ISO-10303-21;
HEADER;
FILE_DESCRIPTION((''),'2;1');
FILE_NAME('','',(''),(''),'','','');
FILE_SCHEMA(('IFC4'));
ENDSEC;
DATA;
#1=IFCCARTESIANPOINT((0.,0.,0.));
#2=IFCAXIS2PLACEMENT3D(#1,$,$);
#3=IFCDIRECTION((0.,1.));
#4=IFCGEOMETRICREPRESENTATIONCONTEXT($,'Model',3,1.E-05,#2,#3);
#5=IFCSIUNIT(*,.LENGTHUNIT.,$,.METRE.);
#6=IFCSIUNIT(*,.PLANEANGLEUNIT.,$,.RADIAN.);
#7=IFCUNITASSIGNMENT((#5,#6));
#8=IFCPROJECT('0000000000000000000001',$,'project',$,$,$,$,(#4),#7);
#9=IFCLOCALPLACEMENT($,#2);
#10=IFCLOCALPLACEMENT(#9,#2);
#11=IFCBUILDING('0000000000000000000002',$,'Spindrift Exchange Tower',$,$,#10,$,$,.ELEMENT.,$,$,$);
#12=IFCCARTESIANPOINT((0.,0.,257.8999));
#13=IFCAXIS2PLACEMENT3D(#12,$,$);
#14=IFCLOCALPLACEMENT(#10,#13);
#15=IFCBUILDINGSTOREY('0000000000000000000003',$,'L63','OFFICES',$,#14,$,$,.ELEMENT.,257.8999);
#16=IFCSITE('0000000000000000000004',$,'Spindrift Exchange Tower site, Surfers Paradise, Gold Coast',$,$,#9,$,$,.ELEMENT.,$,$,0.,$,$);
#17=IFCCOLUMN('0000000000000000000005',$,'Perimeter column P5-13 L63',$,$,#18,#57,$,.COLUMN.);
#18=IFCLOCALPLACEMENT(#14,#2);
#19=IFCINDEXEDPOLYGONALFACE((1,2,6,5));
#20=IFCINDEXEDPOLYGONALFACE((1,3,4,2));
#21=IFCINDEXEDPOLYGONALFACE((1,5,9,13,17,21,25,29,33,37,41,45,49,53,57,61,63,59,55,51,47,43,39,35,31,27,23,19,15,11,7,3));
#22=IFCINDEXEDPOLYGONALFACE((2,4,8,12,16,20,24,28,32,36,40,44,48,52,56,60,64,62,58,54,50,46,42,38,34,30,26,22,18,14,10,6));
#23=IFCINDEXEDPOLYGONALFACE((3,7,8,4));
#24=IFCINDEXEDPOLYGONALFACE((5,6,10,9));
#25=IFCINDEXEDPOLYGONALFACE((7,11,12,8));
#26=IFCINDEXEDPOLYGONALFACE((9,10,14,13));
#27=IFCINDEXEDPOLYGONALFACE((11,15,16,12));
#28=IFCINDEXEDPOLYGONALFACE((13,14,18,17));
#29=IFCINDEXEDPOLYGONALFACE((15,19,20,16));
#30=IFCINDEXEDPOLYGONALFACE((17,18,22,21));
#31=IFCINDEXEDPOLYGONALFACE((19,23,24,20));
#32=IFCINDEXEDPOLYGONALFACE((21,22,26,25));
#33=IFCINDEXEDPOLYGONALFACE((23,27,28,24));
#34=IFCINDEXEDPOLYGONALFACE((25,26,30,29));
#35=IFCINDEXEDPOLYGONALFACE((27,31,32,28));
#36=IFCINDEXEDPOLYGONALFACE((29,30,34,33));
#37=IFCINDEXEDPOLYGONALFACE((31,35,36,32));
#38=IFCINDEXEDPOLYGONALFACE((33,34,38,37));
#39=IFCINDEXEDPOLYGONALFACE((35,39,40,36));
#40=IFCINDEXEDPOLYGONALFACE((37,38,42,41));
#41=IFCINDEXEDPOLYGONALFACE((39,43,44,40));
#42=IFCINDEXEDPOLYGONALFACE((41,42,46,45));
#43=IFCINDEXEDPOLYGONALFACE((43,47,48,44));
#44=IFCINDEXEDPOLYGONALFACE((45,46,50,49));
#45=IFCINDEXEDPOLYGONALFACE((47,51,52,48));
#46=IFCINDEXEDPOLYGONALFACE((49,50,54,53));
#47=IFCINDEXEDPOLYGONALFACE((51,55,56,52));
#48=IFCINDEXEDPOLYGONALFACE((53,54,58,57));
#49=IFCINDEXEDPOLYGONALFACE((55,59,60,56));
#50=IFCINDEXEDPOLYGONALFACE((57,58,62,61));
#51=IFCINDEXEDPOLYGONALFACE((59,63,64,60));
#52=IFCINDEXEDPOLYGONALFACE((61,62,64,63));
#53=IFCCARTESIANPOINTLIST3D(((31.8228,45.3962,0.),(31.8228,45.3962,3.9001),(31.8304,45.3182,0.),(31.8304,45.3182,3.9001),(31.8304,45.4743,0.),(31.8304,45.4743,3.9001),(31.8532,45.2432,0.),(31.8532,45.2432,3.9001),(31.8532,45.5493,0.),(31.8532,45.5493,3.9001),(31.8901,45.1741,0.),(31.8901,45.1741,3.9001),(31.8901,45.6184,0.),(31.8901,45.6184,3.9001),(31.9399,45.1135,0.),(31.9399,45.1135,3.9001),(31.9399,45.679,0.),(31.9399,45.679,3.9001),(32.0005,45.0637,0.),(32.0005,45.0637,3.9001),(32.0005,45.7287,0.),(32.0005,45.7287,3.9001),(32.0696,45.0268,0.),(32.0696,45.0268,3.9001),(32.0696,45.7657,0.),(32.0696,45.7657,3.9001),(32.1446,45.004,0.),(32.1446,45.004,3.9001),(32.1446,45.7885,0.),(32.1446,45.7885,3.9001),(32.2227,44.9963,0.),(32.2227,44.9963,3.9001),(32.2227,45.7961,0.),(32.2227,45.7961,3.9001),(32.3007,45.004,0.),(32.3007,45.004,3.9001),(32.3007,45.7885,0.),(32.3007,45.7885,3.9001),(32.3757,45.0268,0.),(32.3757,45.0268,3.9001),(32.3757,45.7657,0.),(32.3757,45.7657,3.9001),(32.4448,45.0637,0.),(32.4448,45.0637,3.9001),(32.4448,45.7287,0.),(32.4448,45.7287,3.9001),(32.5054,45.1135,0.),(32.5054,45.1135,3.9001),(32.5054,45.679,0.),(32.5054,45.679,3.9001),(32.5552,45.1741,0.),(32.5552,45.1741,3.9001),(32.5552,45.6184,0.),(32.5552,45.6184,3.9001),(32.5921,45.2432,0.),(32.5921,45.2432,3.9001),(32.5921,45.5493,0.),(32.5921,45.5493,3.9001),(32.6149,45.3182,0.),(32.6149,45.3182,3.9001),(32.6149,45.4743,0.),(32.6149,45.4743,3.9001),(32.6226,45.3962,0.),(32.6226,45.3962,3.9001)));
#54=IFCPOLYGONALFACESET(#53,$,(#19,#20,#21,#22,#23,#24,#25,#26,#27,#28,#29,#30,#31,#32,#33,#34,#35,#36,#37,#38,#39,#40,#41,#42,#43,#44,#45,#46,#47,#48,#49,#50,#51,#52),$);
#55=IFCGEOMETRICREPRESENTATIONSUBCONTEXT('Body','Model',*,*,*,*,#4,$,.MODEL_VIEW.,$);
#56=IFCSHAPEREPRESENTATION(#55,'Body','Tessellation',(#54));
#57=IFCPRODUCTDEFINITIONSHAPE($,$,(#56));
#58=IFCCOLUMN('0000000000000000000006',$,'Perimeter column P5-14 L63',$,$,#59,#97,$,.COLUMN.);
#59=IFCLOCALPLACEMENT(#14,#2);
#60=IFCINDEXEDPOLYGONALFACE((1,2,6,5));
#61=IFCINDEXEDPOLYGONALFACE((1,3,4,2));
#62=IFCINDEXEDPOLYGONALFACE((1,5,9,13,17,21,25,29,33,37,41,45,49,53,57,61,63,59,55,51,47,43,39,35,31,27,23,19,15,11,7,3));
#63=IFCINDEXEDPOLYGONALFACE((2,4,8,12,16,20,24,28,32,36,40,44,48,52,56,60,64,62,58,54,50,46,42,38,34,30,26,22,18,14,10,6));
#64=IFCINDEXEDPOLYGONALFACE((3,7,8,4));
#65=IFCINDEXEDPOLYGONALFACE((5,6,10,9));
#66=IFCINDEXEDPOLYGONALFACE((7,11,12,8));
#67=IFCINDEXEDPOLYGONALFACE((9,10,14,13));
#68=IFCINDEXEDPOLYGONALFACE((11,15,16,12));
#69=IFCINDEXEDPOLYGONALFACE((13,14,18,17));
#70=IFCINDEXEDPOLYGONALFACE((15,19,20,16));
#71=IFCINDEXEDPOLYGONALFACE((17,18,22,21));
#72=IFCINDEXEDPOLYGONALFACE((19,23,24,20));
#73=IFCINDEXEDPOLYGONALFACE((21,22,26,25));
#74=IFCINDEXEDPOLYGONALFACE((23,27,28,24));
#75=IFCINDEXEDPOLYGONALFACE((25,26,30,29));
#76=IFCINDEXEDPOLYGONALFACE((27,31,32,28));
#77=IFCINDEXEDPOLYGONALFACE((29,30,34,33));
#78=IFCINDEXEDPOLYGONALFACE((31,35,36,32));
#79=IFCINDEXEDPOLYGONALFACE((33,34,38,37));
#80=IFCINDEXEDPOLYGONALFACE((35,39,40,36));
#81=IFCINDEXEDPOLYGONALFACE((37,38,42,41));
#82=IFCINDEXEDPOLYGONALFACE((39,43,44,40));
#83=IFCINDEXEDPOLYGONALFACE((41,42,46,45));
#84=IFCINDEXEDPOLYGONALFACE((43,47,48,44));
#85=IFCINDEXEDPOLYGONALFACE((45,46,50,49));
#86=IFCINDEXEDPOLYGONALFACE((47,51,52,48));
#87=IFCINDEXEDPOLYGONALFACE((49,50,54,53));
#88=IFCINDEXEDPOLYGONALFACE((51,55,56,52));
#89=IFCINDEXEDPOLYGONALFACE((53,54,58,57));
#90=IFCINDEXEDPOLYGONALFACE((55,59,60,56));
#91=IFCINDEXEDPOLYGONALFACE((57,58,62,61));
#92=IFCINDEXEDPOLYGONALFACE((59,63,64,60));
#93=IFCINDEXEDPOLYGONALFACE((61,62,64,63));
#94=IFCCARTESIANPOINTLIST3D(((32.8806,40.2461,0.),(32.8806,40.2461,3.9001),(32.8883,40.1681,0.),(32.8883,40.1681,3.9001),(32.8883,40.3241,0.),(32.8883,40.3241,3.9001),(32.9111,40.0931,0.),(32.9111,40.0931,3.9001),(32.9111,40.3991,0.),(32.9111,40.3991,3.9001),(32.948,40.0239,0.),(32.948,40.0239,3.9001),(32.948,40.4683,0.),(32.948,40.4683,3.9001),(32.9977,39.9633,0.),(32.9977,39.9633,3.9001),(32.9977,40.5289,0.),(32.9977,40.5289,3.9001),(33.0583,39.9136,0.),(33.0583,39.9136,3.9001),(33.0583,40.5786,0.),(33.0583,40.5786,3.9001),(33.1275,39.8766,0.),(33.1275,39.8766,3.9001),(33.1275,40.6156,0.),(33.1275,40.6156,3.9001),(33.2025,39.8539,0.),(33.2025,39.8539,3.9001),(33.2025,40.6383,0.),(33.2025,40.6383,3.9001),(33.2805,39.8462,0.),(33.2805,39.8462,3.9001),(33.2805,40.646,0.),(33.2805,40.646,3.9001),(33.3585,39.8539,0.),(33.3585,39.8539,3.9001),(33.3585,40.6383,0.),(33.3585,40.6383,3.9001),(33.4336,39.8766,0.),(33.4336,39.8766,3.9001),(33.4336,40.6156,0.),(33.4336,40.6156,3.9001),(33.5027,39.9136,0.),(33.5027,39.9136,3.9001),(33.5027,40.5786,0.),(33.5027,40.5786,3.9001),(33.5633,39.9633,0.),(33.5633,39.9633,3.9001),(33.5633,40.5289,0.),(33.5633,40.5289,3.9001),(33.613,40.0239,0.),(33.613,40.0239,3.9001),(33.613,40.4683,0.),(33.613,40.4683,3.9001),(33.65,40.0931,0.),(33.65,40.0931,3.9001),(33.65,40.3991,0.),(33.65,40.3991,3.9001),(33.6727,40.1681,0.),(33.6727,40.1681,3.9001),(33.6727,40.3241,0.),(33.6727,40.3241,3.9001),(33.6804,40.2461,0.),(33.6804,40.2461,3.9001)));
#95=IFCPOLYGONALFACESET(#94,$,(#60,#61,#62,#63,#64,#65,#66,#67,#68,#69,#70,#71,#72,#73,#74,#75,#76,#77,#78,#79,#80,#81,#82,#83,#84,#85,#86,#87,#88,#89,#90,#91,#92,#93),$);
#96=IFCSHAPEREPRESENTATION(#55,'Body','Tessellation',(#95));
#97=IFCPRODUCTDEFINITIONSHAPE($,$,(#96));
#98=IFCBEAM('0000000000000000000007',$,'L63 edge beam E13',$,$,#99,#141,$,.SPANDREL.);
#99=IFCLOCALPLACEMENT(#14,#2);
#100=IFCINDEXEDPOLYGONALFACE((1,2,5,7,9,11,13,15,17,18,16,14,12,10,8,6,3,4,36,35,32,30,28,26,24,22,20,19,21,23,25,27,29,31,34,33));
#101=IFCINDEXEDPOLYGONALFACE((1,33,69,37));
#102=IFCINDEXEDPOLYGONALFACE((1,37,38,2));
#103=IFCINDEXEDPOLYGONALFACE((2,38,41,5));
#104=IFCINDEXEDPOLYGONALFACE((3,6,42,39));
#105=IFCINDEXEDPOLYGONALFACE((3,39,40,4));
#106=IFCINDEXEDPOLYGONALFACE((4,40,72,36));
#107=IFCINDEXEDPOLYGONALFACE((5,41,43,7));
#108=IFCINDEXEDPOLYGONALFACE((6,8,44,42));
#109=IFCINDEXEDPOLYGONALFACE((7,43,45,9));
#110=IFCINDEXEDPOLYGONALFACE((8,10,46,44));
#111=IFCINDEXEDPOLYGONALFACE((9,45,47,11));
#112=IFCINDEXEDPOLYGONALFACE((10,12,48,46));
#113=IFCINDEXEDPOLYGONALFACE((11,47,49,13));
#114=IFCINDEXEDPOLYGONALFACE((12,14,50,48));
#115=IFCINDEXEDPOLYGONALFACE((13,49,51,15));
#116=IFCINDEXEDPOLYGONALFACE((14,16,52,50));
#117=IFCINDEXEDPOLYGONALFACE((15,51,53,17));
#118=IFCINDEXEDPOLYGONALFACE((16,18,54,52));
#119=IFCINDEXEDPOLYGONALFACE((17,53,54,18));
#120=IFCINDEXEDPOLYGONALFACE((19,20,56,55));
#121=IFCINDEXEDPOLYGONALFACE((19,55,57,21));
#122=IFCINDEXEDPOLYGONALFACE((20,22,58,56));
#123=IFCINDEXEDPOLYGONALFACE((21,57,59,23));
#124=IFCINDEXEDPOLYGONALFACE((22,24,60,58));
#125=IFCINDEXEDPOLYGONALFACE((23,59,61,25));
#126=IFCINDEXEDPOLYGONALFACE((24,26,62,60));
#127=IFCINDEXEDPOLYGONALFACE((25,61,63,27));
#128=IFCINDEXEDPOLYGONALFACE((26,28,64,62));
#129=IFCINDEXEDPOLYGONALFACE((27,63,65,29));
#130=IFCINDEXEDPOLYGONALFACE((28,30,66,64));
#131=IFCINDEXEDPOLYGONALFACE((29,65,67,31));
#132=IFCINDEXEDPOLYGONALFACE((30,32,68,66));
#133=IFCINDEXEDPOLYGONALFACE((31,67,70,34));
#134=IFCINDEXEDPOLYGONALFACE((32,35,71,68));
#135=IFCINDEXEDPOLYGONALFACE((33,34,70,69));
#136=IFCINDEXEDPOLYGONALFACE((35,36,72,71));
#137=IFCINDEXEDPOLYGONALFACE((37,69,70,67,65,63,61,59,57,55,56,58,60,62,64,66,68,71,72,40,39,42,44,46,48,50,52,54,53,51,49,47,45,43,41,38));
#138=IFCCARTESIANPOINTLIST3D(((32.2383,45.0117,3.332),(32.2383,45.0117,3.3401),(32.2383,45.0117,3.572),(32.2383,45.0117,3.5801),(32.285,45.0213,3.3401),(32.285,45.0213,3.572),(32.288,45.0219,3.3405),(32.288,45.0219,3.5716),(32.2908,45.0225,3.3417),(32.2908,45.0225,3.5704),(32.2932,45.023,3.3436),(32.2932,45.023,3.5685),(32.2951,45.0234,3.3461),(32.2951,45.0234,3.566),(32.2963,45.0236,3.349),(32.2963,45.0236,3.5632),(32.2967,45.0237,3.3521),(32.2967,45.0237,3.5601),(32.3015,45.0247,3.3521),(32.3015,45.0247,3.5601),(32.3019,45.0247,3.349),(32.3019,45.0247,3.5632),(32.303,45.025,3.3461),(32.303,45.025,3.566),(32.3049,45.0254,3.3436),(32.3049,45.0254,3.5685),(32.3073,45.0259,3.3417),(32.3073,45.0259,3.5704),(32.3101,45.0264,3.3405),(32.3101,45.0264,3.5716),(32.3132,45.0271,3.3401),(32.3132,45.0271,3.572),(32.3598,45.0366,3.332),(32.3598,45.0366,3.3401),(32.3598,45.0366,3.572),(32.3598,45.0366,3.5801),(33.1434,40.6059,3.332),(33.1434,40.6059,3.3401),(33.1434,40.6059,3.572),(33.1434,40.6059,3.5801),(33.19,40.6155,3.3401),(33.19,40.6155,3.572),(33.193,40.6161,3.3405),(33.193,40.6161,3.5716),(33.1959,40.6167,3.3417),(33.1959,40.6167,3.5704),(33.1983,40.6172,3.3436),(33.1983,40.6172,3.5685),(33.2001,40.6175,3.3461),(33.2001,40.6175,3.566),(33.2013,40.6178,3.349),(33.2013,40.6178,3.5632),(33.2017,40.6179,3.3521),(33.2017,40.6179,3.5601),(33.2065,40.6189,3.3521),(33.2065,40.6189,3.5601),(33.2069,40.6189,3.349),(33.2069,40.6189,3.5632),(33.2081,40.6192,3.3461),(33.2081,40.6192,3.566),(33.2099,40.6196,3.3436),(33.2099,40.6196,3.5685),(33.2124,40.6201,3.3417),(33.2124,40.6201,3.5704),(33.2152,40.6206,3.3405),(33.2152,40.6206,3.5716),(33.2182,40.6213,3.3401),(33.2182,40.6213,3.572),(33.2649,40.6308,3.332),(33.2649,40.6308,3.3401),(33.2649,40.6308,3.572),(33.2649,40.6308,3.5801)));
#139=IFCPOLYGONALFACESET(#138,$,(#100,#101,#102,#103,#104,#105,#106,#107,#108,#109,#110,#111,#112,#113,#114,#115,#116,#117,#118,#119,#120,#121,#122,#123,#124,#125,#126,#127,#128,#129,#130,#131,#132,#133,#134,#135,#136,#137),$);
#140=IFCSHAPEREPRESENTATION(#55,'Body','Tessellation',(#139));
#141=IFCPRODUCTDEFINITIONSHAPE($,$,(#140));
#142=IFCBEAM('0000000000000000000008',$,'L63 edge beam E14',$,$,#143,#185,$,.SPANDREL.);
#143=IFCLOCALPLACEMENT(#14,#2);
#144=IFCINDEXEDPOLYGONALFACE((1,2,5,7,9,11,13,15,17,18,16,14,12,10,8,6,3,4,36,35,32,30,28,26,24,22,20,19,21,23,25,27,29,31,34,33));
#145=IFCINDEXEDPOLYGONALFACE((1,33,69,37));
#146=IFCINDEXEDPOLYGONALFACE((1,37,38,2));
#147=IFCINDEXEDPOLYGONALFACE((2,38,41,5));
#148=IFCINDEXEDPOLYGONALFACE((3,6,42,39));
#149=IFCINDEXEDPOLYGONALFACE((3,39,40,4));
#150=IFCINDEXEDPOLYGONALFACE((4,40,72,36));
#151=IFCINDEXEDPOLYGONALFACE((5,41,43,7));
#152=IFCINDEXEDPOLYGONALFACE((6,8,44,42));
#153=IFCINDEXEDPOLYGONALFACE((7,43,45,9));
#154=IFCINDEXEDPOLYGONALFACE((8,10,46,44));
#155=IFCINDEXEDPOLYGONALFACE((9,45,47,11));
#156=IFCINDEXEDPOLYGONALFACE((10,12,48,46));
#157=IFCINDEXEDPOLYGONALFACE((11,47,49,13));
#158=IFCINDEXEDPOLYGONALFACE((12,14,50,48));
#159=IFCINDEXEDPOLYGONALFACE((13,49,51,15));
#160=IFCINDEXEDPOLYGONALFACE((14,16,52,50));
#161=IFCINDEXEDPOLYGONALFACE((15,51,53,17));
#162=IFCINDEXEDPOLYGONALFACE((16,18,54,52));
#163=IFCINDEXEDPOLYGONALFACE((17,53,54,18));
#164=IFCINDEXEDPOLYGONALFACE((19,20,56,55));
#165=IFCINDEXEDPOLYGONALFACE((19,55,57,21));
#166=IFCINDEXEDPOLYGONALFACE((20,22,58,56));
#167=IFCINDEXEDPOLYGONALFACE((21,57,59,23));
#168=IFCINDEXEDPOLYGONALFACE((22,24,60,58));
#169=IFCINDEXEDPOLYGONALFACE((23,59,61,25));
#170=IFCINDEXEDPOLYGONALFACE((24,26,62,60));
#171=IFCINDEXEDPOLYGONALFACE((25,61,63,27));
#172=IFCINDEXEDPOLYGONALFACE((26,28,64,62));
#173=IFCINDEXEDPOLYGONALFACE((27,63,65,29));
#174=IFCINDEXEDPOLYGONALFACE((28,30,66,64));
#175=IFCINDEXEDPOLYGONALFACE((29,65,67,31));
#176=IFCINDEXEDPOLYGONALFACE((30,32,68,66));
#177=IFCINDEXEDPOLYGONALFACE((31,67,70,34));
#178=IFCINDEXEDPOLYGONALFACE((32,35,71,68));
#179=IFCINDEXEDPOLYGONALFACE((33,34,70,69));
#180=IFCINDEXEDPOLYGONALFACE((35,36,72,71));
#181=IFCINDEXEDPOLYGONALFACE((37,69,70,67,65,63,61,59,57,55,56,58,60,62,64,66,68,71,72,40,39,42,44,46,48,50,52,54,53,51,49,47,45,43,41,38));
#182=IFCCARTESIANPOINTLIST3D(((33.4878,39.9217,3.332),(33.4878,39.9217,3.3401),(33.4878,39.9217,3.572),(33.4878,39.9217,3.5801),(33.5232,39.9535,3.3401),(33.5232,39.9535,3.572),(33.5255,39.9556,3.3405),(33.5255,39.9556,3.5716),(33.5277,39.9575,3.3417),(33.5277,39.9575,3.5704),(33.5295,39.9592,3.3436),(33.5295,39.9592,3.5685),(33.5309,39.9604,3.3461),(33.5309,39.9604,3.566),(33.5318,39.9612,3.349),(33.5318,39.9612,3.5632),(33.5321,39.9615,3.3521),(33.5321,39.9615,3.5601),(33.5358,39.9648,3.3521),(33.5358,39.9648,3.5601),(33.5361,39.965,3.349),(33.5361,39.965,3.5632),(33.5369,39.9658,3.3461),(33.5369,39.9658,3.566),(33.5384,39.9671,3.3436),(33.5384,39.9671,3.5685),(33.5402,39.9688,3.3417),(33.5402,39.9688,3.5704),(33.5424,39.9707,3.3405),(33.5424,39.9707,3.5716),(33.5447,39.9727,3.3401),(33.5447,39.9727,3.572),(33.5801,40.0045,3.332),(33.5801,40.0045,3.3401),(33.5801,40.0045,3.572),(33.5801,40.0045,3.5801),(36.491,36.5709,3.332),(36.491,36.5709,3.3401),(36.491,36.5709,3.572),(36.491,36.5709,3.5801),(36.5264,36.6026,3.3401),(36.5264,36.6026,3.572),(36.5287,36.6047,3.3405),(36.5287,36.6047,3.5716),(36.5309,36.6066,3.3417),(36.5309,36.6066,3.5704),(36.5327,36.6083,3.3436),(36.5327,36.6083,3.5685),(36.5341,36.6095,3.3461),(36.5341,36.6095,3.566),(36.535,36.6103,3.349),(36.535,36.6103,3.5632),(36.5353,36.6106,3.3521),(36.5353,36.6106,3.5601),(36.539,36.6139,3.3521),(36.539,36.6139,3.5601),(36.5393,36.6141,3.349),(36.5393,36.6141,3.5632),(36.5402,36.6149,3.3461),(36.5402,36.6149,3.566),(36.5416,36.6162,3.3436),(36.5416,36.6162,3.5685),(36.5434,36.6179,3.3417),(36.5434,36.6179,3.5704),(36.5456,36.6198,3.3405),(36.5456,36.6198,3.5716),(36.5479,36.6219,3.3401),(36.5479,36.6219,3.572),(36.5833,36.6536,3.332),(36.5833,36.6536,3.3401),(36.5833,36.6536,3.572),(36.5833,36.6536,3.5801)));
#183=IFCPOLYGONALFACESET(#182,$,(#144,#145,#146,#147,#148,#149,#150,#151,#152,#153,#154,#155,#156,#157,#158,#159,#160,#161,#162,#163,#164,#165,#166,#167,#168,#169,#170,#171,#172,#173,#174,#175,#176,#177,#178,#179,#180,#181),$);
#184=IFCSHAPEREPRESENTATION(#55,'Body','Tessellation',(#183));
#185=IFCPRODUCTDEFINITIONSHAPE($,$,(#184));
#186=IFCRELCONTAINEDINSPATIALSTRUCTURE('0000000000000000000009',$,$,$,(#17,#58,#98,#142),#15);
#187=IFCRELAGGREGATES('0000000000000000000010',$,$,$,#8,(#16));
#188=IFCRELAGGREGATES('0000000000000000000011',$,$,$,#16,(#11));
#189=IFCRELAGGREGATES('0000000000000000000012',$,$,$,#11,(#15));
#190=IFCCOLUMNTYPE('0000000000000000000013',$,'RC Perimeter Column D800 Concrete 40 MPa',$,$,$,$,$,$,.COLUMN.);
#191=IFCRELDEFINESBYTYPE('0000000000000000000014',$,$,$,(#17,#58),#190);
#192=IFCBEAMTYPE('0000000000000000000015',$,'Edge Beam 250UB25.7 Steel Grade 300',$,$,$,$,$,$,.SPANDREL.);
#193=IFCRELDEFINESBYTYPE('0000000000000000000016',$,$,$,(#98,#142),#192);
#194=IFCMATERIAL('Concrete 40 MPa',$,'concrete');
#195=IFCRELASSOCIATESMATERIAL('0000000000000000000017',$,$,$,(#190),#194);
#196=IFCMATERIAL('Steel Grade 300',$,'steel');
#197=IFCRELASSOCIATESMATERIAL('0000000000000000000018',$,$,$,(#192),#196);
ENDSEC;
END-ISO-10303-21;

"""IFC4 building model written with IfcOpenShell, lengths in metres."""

from ifc_helpers import new_model, si_unit, direction, frame, origin, origin_2d, place, context, subcontext, project, spatial, circle, i_section, extrude, source, transform, mapped, material, material_profile, profile_set, type_object, element, save


model = new_model("IFC4")

# Units and contexts
model_context = context("Model", 3, precision=1e-05, world=origin(), true_north=direction((0.0, 1.0)))
body_context = subcontext(model_context, "Body", "Model", "MODEL_VIEW")
ifc_project = project(units=[si_unit("LENGTHUNIT", "METRE"), si_unit("PLANEANGLEUNIT", "RADIAN")], contexts=[model_context])

# Site, building, storey
site_placement = place(None, origin())
site = spatial("IfcSite", under=ifc_project, at=site_placement, Name="Spindrift Exchange Tower site, Surfers Paradise, Gold Coast", CompositionType="ELEMENT", RefElevation=0.0)
building_placement = place(site_placement, origin())
building = spatial("IfcBuilding", under=site, at=building_placement, Name="Spindrift Exchange Tower", CompositionType="ELEMENT")
storey_placement = place(building_placement, frame((0.0, 0.0, 257.8999)))
storey = spatial("IfcBuildingStorey", under=building, at=storey_placement, Name="L63", Description="OFFICES", CompositionType="ELEMENT", Elevation=257.8999)

# Columns
ifc_material_1 = material(Name="Concrete 40 MPa", Category="concrete")
ifc_material_profile_1 = material_profile(ifc_material_1, circle(Radius=0.3999, at=origin_2d()), Name="RC D800")
ifc_profile_set_1 = profile_set([ifc_material_profile_1], Name="Concrete 40 MPa")
column_type = type_object("IfcColumnType", Name="RC Perimeter Column D800 Concrete 40 MPa", PredefinedType="COLUMN", material=ifc_profile_set_1)
shared_shape_1 = source(origin(), body_context, "Body", "SweptSolid", [
    extrude(circle(Radius=0.3999, at=origin_2d()), origin(), (0.0, 0.0, 1.0), 3.9001),
])
for number, where, z_axis, x_axis, name in (
    (1, (32.2227, 45.3962, 0.0), (0.0, 0.0, 1.0), (1.0, 0.0, 0.0), "Perimeter column P5-13 L63"),
    (2, (33.2805, 40.2461, 0.0), (0.0, 0.0, 1.0), (1.0, 0.0, 0.0), "Perimeter column P5-14 L63"),
):
    element("IfcColumn", number, at=place(storey_placement, frame(where, z_axis=z_axis, x_axis=x_axis)), inside=storey, type_object=column_type, Name=name, PredefinedType="COLUMN", context=body_context, shape_type="MappedRepresentation", body=[
        mapped(shared_shape_1, transform((0.0, 0.0, 0.0), scale=1.0)),
    ])

# Beams
ifc_material_2 = material(Name="Steel Grade 300", Category="steel")
ifc_material_profile_2 = material_profile(ifc_material_2, i_section(OverallWidth=0.124, OverallDepth=0.248, WebThickness=0.0049, FlangeThickness=0.0081, FilletRadius=0.012, at=origin_2d()), Name="250UB25.7")
ifc_profile_set_2 = profile_set([ifc_material_profile_2], Name="Steel Grade 300")
beam_type_1 = type_object("IfcBeamType", Name="Edge Beam 250UB25.7 Steel Grade 300", PredefinedType="SPANDREL", material=ifc_profile_set_2)
shared_shape_2 = source(origin(), body_context, "Body", "SweptSolid", [
    extrude(i_section(OverallWidth=0.124, OverallDepth=0.248, WebThickness=0.0049, FlangeThickness=0.0081, FilletRadius=0.012, at=origin_2d()), origin(), (0.0, 0.0, 1.0), 4.4978),
])
beam_1_placement = place(storey_placement, frame((32.2991, 45.0242, 3.4561), z_axis=(0.201218, -0.979546, 0.0), x_axis=(0.979546, 0.201218, 0.0)))
element("IfcBeam", 3, at=beam_1_placement, inside=storey, type_object=beam_type_1, Name="L63 edge beam E13", PredefinedType="SPANDREL", context=body_context, shape_type="MappedRepresentation", body=[
    mapped(shared_shape_2, transform((0.0, 0.0, 0.0), scale=1.0)),
])
shared_shape_3 = source(origin(), body_context, "Body", "SweptSolid", [
    extrude(i_section(OverallWidth=0.124, OverallDepth=0.248, WebThickness=0.0049, FlangeThickness=0.0081, FilletRadius=0.012, at=origin_2d()), origin(), (0.0, 0.0, 1.0), 4.4998),
])
beam_2_placement = place(storey_placement, frame((33.5339, 39.9631, 3.4561), z_axis=(0.66742, -0.744682, 0.0), x_axis=(0.744682, 0.66742, 0.0)))
element("IfcBeam", 4, at=beam_2_placement, inside=storey, type_object=beam_type_1, Name="L63 edge beam E14", PredefinedType="SPANDREL", context=body_context, shape_type="MappedRepresentation", body=[
    mapped(shared_shape_3, transform((0.0, 0.0, 0.0), scale=1.0)),
])

save(model, "model.ifc")
